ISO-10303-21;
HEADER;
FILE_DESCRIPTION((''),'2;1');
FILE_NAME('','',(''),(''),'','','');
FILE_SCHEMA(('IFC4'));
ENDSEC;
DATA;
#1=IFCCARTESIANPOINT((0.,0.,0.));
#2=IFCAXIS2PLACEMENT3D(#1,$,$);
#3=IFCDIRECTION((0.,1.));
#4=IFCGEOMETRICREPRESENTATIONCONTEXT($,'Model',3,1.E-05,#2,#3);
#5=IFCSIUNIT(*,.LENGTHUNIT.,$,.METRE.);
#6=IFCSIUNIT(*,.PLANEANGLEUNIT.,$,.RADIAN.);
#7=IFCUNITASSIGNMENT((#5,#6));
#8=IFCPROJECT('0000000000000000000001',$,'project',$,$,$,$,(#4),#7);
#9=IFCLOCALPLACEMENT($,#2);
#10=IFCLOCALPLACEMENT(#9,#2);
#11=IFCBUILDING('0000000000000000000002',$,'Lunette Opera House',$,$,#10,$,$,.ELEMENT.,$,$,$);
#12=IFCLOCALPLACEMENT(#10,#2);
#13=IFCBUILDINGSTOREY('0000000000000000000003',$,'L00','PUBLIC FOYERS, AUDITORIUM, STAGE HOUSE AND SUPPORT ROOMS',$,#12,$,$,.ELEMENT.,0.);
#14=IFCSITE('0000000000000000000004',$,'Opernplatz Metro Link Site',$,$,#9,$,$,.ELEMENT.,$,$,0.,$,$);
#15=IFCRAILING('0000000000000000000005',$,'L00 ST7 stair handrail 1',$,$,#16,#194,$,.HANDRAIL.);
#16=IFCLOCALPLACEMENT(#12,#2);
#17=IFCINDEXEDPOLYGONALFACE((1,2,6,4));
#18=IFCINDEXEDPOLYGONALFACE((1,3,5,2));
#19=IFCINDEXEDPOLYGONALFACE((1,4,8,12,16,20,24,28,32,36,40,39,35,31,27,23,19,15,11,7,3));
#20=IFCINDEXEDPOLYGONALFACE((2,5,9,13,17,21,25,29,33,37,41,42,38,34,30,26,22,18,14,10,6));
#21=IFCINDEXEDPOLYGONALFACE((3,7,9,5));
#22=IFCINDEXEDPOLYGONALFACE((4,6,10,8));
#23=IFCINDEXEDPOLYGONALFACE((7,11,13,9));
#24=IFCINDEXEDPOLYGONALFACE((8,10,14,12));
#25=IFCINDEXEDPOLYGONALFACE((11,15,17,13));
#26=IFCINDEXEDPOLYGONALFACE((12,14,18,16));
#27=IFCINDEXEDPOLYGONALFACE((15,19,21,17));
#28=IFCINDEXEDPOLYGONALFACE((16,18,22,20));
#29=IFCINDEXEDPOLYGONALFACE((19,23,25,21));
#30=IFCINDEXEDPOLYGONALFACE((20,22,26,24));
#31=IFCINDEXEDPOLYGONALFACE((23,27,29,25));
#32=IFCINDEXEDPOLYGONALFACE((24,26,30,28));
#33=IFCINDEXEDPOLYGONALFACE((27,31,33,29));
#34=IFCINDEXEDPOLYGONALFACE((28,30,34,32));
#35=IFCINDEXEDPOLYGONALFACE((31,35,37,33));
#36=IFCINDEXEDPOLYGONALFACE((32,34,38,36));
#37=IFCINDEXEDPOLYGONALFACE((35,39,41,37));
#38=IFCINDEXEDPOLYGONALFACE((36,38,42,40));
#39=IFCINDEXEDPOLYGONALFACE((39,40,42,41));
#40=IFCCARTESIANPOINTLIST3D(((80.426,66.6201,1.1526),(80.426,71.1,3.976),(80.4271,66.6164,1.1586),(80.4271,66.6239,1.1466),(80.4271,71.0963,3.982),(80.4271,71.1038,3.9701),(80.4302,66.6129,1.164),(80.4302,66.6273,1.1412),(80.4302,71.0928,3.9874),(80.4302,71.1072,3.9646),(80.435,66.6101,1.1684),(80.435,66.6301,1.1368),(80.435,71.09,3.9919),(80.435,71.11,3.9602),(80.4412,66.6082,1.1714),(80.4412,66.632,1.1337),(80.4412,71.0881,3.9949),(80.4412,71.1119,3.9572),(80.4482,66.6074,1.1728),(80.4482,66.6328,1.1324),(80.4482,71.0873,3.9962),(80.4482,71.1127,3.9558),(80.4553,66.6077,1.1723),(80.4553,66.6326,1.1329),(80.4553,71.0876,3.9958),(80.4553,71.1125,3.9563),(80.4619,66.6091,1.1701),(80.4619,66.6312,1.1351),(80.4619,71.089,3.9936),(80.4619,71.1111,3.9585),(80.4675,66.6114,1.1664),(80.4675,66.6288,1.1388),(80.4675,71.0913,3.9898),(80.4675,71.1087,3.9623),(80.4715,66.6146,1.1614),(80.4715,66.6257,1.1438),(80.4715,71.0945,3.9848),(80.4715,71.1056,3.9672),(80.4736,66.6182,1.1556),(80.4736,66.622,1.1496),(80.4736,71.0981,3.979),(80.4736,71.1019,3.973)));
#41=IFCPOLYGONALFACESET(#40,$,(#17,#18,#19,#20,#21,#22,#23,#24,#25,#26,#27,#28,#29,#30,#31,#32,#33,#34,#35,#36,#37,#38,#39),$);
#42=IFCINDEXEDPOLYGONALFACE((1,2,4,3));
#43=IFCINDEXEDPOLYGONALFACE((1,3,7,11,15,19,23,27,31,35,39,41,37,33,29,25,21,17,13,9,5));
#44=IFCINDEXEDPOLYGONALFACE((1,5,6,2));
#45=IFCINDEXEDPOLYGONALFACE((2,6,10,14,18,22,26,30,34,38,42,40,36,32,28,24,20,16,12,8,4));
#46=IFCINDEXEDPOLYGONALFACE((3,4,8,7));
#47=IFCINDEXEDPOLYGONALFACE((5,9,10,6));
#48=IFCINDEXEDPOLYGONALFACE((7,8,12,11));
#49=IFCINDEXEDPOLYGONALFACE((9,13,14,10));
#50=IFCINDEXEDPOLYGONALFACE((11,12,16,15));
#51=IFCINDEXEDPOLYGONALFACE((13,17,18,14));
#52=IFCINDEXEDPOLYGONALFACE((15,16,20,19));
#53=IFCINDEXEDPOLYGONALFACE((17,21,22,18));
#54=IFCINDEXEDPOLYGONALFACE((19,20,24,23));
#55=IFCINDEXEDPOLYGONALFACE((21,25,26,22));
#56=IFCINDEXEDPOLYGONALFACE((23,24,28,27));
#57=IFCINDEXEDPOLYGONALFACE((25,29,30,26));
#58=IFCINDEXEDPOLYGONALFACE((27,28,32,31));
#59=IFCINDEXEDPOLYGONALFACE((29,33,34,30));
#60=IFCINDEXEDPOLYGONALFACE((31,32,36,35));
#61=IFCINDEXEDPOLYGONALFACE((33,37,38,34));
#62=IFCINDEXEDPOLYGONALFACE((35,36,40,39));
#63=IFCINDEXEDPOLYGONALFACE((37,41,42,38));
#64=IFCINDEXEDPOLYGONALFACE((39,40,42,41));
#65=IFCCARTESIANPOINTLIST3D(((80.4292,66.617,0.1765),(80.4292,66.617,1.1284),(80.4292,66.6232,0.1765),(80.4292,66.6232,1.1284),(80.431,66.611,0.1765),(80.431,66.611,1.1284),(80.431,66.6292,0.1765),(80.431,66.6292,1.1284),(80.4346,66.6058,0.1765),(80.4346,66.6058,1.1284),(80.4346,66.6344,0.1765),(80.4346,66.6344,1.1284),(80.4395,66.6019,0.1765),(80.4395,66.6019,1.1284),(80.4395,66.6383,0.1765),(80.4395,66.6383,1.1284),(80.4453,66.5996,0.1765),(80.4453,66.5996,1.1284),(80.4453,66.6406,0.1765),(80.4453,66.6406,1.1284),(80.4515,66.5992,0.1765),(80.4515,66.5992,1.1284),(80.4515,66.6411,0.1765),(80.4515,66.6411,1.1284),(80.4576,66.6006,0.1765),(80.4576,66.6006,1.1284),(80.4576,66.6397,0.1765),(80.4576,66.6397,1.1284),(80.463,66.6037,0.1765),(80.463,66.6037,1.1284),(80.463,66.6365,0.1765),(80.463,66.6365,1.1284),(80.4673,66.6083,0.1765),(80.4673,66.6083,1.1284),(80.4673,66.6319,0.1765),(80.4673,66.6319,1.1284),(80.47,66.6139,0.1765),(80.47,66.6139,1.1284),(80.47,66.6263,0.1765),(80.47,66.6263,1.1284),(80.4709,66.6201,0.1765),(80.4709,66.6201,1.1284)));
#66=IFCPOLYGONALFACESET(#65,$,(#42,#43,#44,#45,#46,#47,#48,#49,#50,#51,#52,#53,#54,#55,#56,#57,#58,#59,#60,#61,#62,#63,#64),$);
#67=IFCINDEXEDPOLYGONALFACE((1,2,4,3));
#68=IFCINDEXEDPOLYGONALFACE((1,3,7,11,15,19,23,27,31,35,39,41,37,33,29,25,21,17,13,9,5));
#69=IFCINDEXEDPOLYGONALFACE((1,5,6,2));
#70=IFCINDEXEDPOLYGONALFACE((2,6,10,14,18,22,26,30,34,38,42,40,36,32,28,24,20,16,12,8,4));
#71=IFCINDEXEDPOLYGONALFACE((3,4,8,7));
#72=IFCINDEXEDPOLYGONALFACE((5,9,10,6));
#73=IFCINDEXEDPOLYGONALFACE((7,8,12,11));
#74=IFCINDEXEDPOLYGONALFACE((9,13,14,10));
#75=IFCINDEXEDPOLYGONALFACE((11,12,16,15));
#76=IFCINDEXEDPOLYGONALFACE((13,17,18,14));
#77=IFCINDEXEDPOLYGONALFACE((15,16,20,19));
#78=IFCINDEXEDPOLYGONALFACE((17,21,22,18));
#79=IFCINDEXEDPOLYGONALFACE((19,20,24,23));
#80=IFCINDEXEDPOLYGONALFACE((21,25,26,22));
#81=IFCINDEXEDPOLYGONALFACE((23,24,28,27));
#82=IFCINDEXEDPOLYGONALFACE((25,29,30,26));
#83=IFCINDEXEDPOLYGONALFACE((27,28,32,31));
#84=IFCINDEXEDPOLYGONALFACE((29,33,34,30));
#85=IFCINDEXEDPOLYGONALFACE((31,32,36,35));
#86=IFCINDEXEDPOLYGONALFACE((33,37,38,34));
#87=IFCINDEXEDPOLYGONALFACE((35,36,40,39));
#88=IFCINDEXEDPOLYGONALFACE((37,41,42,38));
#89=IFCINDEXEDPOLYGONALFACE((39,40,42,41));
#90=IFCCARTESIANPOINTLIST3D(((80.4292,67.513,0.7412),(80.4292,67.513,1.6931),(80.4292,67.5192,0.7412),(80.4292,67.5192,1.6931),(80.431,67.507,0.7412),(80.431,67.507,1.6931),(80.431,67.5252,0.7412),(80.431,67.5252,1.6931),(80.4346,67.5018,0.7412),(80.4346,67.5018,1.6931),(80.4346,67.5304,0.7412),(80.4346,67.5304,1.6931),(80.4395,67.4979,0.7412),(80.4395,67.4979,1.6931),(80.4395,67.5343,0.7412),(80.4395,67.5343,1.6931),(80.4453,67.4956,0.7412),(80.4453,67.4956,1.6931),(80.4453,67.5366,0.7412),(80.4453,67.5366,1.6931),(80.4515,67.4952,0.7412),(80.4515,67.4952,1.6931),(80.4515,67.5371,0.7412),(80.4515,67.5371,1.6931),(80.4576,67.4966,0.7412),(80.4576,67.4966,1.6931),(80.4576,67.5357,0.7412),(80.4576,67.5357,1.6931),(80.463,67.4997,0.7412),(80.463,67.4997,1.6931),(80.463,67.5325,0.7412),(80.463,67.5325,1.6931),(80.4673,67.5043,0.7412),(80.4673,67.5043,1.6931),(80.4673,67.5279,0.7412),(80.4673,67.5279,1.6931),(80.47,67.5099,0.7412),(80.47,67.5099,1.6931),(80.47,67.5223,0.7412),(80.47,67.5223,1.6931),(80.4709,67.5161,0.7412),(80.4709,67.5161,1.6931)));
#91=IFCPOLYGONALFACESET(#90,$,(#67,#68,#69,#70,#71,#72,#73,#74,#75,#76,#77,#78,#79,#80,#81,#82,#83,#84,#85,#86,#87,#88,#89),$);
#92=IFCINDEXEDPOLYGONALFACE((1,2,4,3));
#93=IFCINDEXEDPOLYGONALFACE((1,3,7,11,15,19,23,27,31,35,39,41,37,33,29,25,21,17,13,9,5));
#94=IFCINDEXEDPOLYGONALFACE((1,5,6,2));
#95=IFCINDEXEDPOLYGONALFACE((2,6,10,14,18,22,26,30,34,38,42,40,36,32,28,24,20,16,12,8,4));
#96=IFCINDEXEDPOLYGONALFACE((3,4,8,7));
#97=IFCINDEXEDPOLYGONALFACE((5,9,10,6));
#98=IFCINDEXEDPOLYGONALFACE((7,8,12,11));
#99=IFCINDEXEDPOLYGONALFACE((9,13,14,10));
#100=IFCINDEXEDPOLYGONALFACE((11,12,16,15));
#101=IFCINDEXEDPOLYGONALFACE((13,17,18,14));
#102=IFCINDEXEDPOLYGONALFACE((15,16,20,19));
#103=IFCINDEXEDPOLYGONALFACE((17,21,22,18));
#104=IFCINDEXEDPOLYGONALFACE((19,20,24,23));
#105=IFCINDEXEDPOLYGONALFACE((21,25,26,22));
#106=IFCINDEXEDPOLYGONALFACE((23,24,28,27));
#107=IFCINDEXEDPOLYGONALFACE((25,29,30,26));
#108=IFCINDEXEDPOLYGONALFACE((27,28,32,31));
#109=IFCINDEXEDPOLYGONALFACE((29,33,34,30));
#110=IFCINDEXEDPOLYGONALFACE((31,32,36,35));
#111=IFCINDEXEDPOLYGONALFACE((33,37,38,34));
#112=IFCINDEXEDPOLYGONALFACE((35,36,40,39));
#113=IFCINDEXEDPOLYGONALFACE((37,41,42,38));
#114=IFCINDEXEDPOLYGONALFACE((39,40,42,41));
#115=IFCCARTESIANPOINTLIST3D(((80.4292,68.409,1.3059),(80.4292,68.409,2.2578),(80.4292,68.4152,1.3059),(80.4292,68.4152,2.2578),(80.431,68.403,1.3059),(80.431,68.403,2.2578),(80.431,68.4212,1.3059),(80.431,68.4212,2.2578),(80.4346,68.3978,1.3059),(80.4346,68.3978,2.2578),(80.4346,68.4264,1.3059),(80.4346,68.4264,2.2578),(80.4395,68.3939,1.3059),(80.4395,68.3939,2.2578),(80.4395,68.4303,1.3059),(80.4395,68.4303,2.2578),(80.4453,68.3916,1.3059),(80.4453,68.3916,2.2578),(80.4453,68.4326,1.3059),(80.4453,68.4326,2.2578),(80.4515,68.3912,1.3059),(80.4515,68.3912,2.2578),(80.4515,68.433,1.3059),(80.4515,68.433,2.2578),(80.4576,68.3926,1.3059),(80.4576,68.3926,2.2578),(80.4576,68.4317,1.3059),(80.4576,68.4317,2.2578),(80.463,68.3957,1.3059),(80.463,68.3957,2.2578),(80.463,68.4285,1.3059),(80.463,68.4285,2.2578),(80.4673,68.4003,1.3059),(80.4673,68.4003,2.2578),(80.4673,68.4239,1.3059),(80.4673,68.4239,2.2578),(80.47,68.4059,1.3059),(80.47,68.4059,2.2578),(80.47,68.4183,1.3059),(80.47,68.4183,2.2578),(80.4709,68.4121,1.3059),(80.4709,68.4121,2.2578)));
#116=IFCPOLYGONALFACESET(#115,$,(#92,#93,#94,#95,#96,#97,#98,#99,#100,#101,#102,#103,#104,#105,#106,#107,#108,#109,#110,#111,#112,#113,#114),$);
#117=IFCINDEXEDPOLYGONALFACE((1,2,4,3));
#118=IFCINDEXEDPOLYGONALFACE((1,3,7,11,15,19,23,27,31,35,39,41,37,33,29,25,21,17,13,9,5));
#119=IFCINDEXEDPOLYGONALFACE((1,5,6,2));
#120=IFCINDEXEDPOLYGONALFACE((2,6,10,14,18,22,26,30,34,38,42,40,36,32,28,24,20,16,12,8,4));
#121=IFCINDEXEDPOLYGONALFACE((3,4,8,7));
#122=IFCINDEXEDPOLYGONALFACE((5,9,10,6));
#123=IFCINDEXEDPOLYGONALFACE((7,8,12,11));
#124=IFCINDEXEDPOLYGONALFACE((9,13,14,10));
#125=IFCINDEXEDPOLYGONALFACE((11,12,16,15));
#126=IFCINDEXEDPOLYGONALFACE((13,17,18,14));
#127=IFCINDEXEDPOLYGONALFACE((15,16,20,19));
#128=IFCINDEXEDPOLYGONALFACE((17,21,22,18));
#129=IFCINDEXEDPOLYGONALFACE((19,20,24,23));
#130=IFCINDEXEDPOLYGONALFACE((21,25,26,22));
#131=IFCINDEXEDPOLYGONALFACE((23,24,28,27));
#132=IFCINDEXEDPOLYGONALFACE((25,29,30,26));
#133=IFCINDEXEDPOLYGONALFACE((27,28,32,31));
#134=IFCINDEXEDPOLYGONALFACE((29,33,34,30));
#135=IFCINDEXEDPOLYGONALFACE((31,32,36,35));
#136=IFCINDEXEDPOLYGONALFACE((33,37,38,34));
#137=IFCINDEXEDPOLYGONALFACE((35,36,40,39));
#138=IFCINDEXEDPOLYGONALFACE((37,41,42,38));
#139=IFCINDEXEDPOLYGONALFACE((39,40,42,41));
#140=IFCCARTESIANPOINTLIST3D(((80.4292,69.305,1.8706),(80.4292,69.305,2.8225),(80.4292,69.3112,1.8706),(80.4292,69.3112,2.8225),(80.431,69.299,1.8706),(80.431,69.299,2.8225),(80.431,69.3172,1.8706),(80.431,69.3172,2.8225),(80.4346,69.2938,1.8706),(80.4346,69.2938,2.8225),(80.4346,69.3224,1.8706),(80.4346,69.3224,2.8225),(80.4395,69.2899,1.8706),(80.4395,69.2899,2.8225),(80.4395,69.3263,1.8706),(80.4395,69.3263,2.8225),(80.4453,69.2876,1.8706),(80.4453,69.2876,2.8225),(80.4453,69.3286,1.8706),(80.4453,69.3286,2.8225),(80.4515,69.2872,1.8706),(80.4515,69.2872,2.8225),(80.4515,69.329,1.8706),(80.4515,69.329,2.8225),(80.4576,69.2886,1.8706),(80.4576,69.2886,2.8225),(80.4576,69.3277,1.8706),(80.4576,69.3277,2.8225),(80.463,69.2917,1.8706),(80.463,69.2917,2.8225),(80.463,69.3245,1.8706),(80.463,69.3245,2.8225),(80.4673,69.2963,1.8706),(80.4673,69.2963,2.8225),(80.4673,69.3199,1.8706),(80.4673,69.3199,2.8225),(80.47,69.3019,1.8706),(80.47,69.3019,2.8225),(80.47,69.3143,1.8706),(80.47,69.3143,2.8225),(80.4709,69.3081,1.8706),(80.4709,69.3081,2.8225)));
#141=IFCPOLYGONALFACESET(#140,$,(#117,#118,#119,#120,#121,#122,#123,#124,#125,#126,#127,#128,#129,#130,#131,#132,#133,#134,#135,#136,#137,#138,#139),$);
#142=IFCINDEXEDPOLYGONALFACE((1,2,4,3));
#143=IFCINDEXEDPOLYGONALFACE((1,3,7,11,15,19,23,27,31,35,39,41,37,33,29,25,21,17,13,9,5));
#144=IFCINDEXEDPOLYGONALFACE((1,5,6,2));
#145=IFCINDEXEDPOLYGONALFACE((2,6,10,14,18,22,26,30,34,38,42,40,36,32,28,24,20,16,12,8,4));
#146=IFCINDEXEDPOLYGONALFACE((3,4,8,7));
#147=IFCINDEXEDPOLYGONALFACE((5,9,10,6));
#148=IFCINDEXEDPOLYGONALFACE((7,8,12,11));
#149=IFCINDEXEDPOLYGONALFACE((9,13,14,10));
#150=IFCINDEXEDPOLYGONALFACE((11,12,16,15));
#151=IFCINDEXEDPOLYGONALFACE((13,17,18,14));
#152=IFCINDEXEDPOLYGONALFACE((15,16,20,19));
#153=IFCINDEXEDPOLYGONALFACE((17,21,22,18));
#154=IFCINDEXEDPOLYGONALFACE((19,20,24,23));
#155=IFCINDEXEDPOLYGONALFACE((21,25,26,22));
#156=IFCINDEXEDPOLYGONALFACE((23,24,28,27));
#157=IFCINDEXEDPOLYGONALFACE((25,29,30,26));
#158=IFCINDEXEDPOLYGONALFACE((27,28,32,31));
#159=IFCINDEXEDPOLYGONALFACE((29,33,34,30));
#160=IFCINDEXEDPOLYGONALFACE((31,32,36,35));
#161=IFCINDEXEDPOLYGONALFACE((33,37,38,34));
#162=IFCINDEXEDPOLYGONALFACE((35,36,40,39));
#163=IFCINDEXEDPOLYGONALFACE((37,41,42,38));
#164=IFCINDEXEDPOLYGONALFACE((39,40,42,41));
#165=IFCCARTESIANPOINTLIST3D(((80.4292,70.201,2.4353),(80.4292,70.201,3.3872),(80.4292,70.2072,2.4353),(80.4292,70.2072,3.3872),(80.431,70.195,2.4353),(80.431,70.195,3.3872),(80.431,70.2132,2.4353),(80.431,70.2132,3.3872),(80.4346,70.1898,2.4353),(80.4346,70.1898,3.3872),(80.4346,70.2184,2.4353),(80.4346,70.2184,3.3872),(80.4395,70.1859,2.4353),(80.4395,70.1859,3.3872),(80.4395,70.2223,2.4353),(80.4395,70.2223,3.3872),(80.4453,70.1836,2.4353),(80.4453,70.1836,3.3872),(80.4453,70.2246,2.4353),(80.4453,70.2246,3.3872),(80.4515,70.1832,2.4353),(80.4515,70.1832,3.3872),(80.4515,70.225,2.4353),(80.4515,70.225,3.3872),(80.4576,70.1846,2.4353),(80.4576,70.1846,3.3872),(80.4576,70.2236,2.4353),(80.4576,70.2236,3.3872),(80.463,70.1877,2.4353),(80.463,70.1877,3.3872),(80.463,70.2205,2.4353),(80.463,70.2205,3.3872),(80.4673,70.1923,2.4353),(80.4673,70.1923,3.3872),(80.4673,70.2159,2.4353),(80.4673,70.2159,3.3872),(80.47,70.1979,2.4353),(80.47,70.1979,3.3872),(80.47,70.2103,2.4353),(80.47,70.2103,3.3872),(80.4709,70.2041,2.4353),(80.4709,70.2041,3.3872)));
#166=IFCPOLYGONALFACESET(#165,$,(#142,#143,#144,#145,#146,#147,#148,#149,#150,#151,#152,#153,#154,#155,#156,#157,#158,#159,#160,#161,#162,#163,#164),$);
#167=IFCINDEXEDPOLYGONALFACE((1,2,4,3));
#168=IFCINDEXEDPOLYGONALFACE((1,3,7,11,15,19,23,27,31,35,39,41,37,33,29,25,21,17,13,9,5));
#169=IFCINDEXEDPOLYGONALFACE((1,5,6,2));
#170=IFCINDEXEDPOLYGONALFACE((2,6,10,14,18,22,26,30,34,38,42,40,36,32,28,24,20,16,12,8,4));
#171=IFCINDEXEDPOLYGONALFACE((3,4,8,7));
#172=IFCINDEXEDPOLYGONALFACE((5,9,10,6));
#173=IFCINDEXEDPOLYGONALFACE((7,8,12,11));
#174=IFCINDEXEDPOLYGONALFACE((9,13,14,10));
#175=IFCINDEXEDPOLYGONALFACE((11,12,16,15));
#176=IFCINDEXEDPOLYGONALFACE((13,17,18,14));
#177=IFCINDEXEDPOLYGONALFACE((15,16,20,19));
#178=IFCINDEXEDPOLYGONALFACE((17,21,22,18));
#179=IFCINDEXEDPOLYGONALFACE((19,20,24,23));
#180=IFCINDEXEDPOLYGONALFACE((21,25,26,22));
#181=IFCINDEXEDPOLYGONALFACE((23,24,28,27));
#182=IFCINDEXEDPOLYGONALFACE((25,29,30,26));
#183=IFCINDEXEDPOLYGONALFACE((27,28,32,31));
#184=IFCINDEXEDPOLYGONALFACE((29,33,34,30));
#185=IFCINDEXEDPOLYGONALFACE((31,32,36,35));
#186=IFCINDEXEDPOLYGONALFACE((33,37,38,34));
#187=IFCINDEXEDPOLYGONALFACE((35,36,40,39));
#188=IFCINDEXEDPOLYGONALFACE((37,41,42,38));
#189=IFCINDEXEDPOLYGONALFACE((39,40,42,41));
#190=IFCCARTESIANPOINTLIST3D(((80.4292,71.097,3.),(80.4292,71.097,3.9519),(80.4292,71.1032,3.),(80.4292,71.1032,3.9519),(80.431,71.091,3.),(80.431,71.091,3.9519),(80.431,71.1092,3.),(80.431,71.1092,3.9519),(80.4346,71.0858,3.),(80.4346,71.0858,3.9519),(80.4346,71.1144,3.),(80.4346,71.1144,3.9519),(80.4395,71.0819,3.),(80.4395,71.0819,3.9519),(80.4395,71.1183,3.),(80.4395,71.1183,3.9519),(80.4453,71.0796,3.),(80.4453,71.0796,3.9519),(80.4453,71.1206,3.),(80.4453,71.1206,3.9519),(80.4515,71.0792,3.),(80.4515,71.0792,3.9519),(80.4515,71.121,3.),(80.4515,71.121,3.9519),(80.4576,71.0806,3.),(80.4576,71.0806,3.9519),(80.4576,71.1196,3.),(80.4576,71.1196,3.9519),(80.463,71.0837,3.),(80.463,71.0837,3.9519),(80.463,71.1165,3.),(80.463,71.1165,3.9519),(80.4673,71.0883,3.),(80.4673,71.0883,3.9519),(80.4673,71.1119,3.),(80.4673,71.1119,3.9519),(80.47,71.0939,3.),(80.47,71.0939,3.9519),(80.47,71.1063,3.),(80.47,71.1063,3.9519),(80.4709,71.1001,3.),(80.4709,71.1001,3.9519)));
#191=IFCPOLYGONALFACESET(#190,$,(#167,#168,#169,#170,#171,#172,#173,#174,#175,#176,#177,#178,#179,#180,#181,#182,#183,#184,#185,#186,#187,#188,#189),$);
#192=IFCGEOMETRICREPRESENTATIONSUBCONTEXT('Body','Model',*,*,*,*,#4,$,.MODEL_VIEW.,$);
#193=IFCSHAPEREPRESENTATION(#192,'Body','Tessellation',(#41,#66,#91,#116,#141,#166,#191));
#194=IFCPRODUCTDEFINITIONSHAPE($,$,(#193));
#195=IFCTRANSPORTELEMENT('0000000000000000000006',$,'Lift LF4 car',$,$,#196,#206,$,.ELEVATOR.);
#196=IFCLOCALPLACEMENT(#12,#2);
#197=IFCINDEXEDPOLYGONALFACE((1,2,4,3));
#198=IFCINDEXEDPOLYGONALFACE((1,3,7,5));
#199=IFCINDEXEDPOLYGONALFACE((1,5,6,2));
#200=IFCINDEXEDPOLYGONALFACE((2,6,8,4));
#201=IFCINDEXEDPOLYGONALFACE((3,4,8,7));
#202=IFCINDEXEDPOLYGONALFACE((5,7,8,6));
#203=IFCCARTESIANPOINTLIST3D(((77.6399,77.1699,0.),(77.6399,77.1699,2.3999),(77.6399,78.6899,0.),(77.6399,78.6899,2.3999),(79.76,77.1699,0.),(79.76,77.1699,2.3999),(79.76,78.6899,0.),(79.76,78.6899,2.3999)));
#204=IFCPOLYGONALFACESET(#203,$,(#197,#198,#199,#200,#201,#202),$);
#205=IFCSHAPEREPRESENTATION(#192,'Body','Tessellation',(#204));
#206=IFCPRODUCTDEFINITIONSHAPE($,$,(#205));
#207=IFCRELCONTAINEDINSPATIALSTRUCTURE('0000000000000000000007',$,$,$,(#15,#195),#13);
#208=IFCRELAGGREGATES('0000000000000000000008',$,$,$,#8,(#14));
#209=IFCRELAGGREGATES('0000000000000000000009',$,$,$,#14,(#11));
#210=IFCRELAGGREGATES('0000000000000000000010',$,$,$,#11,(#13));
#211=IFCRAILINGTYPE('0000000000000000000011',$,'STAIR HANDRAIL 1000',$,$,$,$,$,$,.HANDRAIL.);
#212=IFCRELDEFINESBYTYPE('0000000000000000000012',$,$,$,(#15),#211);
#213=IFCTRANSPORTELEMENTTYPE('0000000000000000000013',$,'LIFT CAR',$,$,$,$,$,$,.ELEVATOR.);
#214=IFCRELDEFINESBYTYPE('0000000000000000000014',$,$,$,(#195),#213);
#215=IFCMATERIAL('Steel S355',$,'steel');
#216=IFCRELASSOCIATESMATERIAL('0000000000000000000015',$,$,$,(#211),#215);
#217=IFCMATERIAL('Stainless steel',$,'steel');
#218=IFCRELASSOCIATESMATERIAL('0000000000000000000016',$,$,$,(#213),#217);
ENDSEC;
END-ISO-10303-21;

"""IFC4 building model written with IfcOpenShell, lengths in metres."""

from ifc_helpers import new_model, si_unit, direction, frame, origin, origin_2d, place, context, subcontext, project, spatial, rectangle, circle, extrude, material, type_object, element, save


model = new_model("IFC4")

# Units and contexts
model_context = context("Model", 3, precision=1e-05, world=origin(), true_north=direction((0.0, 1.0)))
body_context = subcontext(model_context, "Body", "Model", "MODEL_VIEW")
ifc_project = project(units=[si_unit("LENGTHUNIT", "METRE"), si_unit("PLANEANGLEUNIT", "RADIAN")], contexts=[model_context])

# Site, building, storey
site_placement = place(None, origin())
site = spatial("IfcSite", under=ifc_project, at=site_placement, Name="Opernplatz Metro Link Site", CompositionType="ELEMENT", RefElevation=0.0)
building_placement = place(site_placement, origin())
building = spatial("IfcBuilding", under=site, at=building_placement, Name="Lunette Opera House", CompositionType="ELEMENT")
storey_placement = place(building_placement, origin())
storey = spatial("IfcBuildingStorey", under=building, at=storey_placement, Name="L00", Description="PUBLIC FOYERS, AUDITORIUM, STAGE HOUSE AND SUPPORT ROOMS", CompositionType="ELEMENT", Elevation=0.0)

# Railing
ifc_material_1 = material(Name="Steel S355", Category="steel")
railing_type_1 = type_object("IfcRailingType", Name="STAIR HANDRAIL 1000", PredefinedType="HANDRAIL", material=ifc_material_1)
railing_1_placement = place(storey_placement, frame((80.45, 66.6201, 0.1765)))
element("IfcRailing", 1, at=railing_1_placement, inside=storey, type_object=railing_type_1, Name="L00 ST7 stair handrail 1", PredefinedType="HANDRAIL", context=body_context, shape_type="SweptSolid", body=[
    extrude(circle(Radius=0.0239, at=origin_2d()), frame((0.0, 0.0, 0.9761), z_axis=(0.0, 0.845998, 0.533186), x_axis=(-1.0, 0.0, 0.0)), (0.0, 0.0, 1.0), 5.2954),
    extrude(circle(Radius=0.021, at=origin_2d()), origin(), (0.0, 0.0, 1.0), 0.9519),
    extrude(circle(Radius=0.021, at=origin_2d()), frame((0.0, 0.896, 0.5647)), (0.0, 0.0, 1.0), 0.9519),
    extrude(circle(Radius=0.021, at=origin_2d()), frame((0.0, 1.792, 1.1294)), (0.0, 0.0, 1.0), 0.9519),
    extrude(circle(Radius=0.021, at=origin_2d()), frame((0.0, 2.688, 1.6941)), (0.0, 0.0, 1.0), 0.9519),
    extrude(circle(Radius=0.021, at=origin_2d()), frame((0.0, 3.584, 2.2588)), (0.0, 0.0, 1.0), 0.9519),
    extrude(circle(Radius=0.021, at=origin_2d()), frame((0.0, 4.48, 2.8235)), (0.0, 0.0, 1.0), 0.9519),
])

# Transport element
ifc_material_2 = material(Name="Stainless steel", Category="steel")
transport_element_type = type_object("IfcTransportElementType", Name="LIFT CAR", PredefinedType="ELEVATOR", material=ifc_material_2)
transport_element_placement = place(storey_placement, frame((78.7, 77.9299, 0.0), z_axis=(0.0, 0.0, 1.0), x_axis=(-1.0, 0.0, 0.0)))
element("IfcTransportElement", 2, at=transport_element_placement, inside=storey, type_object=transport_element_type, Name="Lift LF4 car", PredefinedType="ELEVATOR", context=body_context, shape_type="SweptSolid", body=[
    extrude(rectangle(XDim=2.1201, YDim=1.52, at=origin_2d()), origin(), (0.0, 0.0, 1.0), 2.3999),
])

save(model, "model.ifc")
